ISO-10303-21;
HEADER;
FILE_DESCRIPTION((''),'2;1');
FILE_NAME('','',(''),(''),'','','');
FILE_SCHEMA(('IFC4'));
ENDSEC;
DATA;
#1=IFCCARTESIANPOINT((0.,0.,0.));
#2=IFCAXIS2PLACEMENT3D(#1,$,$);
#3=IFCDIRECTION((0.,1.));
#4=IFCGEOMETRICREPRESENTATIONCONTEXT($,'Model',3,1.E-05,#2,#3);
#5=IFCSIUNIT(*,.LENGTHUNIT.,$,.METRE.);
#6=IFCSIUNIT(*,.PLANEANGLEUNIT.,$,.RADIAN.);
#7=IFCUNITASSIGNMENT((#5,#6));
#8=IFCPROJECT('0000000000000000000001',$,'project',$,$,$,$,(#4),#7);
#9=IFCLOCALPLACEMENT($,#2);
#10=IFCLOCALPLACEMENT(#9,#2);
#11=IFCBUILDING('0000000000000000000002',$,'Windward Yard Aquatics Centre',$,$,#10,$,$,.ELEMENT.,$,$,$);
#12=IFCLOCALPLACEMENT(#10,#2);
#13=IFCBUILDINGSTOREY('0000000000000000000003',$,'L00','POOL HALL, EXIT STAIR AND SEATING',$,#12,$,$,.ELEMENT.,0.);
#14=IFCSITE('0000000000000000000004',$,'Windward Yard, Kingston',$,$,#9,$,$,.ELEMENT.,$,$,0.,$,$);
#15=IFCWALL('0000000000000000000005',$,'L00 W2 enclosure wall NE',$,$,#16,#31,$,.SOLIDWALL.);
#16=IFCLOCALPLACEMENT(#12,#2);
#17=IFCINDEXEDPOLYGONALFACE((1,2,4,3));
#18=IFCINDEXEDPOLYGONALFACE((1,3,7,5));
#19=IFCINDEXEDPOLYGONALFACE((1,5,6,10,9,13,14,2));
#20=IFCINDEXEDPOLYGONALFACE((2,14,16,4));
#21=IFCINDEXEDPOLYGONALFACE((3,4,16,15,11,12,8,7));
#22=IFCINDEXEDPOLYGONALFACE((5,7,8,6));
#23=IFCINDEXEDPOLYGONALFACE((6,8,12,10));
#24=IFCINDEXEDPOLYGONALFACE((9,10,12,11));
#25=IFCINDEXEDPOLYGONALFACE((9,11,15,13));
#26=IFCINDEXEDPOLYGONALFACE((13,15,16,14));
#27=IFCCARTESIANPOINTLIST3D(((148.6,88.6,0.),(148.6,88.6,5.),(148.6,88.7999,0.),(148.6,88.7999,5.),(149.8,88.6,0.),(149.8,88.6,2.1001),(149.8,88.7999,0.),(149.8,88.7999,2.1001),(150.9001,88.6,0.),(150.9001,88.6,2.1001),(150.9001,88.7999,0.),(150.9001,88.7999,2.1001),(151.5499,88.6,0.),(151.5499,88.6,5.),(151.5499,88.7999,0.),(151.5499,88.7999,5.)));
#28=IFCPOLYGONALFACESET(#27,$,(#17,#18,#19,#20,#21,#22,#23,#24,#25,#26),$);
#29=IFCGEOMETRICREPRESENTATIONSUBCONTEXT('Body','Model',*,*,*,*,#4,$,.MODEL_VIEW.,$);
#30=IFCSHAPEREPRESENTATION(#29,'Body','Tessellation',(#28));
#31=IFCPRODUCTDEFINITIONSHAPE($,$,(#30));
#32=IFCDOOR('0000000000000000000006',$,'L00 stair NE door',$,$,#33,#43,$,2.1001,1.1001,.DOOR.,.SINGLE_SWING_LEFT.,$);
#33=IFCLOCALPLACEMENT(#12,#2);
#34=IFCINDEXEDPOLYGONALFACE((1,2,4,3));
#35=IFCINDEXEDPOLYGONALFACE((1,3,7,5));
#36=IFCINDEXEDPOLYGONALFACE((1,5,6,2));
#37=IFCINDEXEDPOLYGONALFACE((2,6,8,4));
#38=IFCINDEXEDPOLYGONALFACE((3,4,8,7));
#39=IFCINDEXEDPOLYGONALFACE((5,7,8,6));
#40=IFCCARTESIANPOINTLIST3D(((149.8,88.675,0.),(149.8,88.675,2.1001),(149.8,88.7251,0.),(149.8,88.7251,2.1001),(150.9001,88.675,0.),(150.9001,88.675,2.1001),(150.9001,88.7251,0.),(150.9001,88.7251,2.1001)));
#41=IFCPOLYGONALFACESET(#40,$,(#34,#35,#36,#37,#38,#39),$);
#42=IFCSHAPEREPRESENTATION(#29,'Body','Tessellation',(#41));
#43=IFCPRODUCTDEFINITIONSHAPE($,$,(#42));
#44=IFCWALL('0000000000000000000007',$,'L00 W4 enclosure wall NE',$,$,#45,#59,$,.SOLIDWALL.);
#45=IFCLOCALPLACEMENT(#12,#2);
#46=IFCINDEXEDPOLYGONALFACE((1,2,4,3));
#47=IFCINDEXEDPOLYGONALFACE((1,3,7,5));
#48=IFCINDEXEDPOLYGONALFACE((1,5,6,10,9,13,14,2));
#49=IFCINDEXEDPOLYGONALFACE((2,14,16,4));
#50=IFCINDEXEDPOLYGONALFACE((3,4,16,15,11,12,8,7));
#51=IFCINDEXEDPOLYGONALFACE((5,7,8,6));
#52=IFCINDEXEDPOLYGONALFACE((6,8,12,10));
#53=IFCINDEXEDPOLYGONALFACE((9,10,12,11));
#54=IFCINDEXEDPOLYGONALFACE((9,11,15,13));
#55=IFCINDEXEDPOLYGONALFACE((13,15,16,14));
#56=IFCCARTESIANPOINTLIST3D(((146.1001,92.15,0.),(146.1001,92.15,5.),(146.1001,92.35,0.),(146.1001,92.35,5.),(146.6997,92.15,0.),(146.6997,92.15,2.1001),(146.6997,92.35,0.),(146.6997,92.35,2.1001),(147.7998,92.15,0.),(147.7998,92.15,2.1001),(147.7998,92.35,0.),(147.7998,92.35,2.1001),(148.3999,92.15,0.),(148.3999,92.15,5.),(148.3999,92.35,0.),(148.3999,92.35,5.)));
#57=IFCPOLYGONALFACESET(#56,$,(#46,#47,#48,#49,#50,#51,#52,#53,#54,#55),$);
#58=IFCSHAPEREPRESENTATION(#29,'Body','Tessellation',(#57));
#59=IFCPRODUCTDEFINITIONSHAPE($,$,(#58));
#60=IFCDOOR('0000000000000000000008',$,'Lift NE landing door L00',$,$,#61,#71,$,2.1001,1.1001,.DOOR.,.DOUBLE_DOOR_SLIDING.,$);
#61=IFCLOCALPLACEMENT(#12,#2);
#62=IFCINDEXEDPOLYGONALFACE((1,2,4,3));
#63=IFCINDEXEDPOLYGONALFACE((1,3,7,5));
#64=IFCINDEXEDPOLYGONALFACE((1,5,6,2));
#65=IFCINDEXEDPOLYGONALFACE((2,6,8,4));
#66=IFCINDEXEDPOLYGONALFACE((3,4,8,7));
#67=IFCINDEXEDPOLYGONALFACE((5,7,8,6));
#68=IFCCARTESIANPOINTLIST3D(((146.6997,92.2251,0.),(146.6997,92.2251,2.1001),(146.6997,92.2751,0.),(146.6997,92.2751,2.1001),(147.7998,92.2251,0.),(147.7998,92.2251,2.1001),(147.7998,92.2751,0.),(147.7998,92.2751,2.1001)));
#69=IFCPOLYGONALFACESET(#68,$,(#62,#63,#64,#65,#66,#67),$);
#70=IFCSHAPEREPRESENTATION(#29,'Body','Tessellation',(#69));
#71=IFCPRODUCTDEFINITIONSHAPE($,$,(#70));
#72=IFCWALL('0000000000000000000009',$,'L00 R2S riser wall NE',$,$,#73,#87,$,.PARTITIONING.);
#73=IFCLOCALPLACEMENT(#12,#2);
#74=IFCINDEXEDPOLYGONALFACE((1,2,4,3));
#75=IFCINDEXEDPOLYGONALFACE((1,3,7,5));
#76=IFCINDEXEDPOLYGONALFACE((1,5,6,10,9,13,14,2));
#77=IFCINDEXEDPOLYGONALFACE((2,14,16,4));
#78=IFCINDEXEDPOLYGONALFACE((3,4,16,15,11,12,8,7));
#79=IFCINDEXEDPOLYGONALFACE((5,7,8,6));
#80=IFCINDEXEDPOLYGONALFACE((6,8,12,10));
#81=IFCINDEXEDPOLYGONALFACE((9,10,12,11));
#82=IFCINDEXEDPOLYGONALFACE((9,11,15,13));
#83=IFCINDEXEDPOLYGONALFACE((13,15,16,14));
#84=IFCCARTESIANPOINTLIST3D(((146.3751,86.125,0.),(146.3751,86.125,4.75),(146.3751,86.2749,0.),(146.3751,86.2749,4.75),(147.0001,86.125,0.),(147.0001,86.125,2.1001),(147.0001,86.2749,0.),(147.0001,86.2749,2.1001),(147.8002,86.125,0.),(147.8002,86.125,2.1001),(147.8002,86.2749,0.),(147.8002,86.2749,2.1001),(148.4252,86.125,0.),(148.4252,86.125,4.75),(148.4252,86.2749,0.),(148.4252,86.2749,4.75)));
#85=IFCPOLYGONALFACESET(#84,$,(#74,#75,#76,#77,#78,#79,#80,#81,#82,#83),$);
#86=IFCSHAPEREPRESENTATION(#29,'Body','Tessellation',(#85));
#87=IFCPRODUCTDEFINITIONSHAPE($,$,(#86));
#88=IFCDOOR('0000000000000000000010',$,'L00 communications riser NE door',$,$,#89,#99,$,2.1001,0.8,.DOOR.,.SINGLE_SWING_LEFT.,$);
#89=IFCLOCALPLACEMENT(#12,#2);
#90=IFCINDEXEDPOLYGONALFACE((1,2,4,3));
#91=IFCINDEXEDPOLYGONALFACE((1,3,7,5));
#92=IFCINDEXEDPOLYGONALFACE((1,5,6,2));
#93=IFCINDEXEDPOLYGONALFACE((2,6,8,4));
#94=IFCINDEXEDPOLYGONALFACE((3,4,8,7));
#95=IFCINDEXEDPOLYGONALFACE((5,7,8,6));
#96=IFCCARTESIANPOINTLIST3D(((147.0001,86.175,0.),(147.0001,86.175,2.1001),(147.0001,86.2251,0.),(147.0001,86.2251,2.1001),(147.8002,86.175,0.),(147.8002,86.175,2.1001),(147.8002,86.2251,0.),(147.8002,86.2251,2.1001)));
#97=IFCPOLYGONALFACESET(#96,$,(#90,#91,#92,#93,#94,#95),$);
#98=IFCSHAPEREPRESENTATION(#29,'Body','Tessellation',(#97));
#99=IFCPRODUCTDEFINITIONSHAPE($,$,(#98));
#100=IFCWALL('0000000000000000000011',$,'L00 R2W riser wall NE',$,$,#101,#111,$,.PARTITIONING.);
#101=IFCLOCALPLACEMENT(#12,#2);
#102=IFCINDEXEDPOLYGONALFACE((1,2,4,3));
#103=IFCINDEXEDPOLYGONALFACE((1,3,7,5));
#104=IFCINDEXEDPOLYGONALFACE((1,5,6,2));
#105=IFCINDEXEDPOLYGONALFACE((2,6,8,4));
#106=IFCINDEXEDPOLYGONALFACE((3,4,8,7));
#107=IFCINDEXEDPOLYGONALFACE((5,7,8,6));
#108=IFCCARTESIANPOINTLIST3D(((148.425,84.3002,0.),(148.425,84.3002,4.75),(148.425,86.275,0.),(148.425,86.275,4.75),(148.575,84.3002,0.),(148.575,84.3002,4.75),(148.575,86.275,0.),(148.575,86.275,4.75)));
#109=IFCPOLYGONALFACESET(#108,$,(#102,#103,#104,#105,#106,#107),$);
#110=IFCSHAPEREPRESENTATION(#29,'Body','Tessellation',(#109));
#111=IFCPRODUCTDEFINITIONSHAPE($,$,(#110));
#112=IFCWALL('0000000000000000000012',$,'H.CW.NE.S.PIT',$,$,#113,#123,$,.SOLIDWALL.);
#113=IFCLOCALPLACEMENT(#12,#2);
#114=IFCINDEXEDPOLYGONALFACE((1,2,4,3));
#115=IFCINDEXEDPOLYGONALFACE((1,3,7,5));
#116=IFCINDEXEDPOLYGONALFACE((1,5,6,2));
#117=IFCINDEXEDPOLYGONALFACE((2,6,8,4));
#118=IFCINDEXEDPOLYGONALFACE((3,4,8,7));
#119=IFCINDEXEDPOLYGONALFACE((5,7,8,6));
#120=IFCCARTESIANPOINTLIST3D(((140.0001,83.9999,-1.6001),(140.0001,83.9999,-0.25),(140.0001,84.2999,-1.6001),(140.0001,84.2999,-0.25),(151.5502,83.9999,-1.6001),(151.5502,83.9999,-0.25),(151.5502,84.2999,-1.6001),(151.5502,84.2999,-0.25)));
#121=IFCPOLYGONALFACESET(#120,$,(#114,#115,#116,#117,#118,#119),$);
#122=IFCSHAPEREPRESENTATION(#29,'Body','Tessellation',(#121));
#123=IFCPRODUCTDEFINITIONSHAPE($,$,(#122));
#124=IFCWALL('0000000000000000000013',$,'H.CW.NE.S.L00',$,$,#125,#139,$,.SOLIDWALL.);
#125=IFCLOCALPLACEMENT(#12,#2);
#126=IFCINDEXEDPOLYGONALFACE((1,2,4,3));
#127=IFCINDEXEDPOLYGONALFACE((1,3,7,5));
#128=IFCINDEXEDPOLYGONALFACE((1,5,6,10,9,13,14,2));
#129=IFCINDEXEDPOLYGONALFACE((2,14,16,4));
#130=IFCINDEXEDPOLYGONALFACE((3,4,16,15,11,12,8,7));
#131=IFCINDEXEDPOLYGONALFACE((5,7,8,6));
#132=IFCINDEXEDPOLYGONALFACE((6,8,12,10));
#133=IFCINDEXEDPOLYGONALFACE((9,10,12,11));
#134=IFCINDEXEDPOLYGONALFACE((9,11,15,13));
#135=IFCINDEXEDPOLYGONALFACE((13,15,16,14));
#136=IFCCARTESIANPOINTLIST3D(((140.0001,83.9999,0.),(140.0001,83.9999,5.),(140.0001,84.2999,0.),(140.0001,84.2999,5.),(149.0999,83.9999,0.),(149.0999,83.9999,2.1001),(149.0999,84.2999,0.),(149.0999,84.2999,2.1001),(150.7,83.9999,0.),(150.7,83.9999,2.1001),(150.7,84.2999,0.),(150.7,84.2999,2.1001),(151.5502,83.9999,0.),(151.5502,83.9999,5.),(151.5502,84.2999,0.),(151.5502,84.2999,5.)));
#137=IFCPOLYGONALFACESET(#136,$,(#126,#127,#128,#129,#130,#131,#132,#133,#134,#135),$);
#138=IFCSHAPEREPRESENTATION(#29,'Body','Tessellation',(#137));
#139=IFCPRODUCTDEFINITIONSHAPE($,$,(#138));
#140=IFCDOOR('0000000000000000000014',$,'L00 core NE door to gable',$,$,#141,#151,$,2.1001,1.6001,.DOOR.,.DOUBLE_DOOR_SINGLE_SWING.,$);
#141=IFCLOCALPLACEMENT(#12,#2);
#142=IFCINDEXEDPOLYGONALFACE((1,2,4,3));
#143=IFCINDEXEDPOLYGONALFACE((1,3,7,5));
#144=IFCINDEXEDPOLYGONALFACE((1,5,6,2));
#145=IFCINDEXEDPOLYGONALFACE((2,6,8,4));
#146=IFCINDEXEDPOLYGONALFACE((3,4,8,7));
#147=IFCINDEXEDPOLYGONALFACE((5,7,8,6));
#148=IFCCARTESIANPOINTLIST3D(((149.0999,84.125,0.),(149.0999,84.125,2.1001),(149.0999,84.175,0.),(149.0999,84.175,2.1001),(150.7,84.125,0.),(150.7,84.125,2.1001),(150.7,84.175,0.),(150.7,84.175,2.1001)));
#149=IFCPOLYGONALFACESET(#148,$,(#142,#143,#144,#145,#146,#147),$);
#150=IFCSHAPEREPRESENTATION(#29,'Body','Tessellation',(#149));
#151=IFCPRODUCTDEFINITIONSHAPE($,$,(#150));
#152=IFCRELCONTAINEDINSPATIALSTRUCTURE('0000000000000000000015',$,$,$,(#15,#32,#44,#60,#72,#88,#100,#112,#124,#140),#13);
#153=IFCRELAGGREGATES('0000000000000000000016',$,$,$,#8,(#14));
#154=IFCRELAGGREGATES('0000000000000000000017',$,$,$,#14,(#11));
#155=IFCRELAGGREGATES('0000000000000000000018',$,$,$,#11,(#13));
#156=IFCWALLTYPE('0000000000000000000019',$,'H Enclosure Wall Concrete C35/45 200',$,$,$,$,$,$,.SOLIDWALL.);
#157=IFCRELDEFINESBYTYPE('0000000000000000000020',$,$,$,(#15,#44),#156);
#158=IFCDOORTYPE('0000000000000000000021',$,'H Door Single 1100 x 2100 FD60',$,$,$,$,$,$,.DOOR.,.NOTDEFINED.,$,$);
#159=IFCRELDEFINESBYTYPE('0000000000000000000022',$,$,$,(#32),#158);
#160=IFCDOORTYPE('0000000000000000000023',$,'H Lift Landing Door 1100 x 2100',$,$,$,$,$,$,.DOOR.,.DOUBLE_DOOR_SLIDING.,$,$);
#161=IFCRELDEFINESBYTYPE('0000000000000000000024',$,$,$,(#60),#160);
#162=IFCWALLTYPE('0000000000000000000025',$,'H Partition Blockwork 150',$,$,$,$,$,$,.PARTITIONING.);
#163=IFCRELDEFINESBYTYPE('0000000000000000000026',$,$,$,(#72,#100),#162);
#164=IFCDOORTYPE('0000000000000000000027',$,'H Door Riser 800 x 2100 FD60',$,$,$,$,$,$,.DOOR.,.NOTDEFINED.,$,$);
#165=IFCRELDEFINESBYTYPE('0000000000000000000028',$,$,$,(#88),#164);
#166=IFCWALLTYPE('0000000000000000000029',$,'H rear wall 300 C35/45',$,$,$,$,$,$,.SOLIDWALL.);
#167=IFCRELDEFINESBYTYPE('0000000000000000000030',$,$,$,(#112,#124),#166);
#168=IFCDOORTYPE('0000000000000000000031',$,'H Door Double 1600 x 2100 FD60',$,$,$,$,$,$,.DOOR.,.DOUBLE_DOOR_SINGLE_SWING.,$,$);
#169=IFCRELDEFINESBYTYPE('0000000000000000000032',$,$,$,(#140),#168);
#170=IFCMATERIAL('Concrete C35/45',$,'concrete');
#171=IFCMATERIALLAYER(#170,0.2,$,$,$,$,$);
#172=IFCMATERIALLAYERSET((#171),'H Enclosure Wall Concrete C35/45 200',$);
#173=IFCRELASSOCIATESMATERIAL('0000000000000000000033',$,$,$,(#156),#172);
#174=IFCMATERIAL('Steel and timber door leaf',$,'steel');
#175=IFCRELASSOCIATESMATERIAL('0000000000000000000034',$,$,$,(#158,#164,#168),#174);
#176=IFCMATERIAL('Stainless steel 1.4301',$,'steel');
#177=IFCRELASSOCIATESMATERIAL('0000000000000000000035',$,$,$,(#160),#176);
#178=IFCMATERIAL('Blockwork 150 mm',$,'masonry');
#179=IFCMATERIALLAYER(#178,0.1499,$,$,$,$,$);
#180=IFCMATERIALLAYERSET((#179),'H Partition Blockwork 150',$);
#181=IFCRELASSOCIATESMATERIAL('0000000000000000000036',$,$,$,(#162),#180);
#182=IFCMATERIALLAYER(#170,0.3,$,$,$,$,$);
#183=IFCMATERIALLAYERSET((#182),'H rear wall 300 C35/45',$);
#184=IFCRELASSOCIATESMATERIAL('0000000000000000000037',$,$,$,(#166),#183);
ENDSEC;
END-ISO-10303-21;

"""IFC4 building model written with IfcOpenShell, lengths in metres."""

from ifc_helpers import new_model, si_unit, direction, frame, frame_2d, origin, place, context, subcontext, project, spatial, rectangle, extrude, material, layer, layer_set, type_object, element, fill, save


model = new_model("IFC4")

# Units and contexts
model_context = context("Model", 3, precision=1e-05, world=origin(), true_north=direction((0.0, 1.0)))
body_context = subcontext(model_context, "Body", "Model", "MODEL_VIEW")
ifc_project = project(units=[si_unit("LENGTHUNIT", "METRE"), si_unit("PLANEANGLEUNIT", "RADIAN")], contexts=[model_context])

# Site, building, storey
site_placement = place(None, origin())
site = spatial("IfcSite", under=ifc_project, at=site_placement, Name="Windward Yard, Kingston", CompositionType="ELEMENT", RefElevation=0.0)
building_placement = place(site_placement, origin())
building = spatial("IfcBuilding", under=site, at=building_placement, Name="Windward Yard Aquatics Centre", CompositionType="ELEMENT")
storey_placement = place(building_placement, origin())
storey = spatial("IfcBuildingStorey", under=building, at=storey_placement, Name="L00", Description="POOL HALL, EXIT STAIR AND SEATING", CompositionType="ELEMENT", Elevation=0.0)

# Shared definitions
ifc_material_1 = material(Name="Concrete C35/45", Category="concrete")

# Walls, openings, doors
ifc_layer_1 = layer(ifc_material_1, 0.2)
ifc_layer_set_1 = layer_set([ifc_layer_1], Name="H Enclosure Wall Concrete C35/45 200")
wall_type_1 = type_object("IfcWallType", Name="H Enclosure Wall Concrete C35/45 200", PredefinedType="SOLIDWALL", material=ifc_layer_set_1)
wall_1_placement = place(storey_placement, frame((151.55, 88.7, 0.0), z_axis=(0.0, 0.0, 1.0), x_axis=(-1.0, 0.0, 0.0)))
wall_1 = element("IfcWall", 1, at=wall_1_placement, inside=storey, type_object=wall_type_1, Name="L00 W2 enclosure wall NE", PredefinedType="SOLIDWALL", context=body_context, shape_type="SweptSolid", body=[
    extrude(rectangle(XDim=2.95, YDim=0.2, at=frame_2d((1.4751, 0.0))), origin(), (0.0, 0.0, 1.0), 5.0),
])
opening_1_placement = place(wall_1_placement, frame((0.6499, 0.0, 0.0)))
opening_1 = element("IfcOpeningElement", 2, at=opening_1_placement, cuts=wall_1, PredefinedType="OPENING", context=body_context, shape_type="SweptSolid", body=[
    extrude(rectangle(XDim=1.1001, YDim=2.1001, at=frame_2d((0.55, 1.05))), frame((0.0, 0.1099, 0.0), z_axis=(0.0, -1.0, 0.0), x_axis=(1.0, 0.0, 0.0)), (0.0, 0.0, 1.0), 0.22),
])
ifc_material_2 = material(Name="Steel and timber door leaf", Category="steel")
door_type_1 = type_object("IfcDoorType", Name="H Door Single 1100 x 2100 FD60", OperationType="NOTDEFINED", PredefinedType="DOOR", material=ifc_material_2)
door_1_placement = place(opening_1_placement, origin())
door_1 = element("IfcDoor", 3, at=door_1_placement, inside=storey, type_object=door_type_1, Name="L00 stair NE door", OperationType="SINGLE_SWING_LEFT", OverallHeight=2.1001, OverallWidth=1.1001, PredefinedType="DOOR", context=body_context, shape_type="SweptSolid", body=[
    extrude(rectangle(XDim=1.1001, YDim=2.1001, at=frame_2d((0.55, 1.05))), frame((0.0, 0.0249, 0.0), z_axis=(0.0, -1.0, 0.0), x_axis=(1.0, 0.0, 0.0)), (0.0, 0.0, 1.0), 0.05),
])
fill(opening_1, door_1)
wall_2_placement = place(storey_placement, frame((148.3999, 92.25, 0.0), z_axis=(0.0, 0.0, 1.0), x_axis=(-1.0, 0.0, 0.0)))
wall_2 = element("IfcWall", 4, at=wall_2_placement, inside=storey, type_object=wall_type_1, Name="L00 W4 enclosure wall NE", PredefinedType="SOLIDWALL", context=body_context, shape_type="SweptSolid", body=[
    extrude(rectangle(XDim=2.2998, YDim=0.2, at=frame_2d((1.1499, 0.0))), origin(), (0.0, 0.0, 1.0), 5.0),
])
opening_2_placement = place(wall_2_placement, frame((0.6001, 0.0, 0.0)))
opening_2 = element("IfcOpeningElement", 5, at=opening_2_placement, cuts=wall_2, PredefinedType="OPENING", context=body_context, shape_type="SweptSolid", body=[
    extrude(rectangle(XDim=1.1001, YDim=2.1001, at=frame_2d((0.55, 1.05))), frame((0.0, 0.1099, 0.0), z_axis=(0.0, -1.0, 0.0), x_axis=(1.0, 0.0, 0.0)), (0.0, 0.0, 1.0), 0.22),
])
ifc_material_3 = material(Name="Stainless steel 1.4301", Category="steel")
door_type_2 = type_object("IfcDoorType", Name="H Lift Landing Door 1100 x 2100", OperationType="DOUBLE_DOOR_SLIDING", PredefinedType="DOOR", material=ifc_material_3)
door_2_placement = place(opening_2_placement, origin())
door_2 = element("IfcDoor", 6, at=door_2_placement, inside=storey, type_object=door_type_2, Name="Lift NE landing door L00", OperationType="DOUBLE_DOOR_SLIDING", OverallHeight=2.1001, OverallWidth=1.1001, PredefinedType="DOOR", context=body_context, shape_type="SweptSolid", body=[
    extrude(rectangle(XDim=1.1001, YDim=2.1001, at=frame_2d((0.55, 1.05))), frame((0.0, 0.0249, 0.0), z_axis=(0.0, -1.0, 0.0), x_axis=(1.0, 0.0, 0.0)), (0.0, 0.0, 1.0), 0.05),
])
fill(opening_2, door_2)
ifc_material_4 = material(Name="Blockwork 150 mm", Category="masonry")
ifc_layer_2 = layer(ifc_material_4, 0.1499)
ifc_layer_set_2 = layer_set([ifc_layer_2], Name="H Partition Blockwork 150")
wall_type_2 = type_object("IfcWallType", Name="H Partition Blockwork 150", PredefinedType="PARTITIONING", material=ifc_layer_set_2)
wall_3_placement = place(storey_placement, frame((148.425, 86.2, 0.0), z_axis=(0.0, 0.0, 1.0), x_axis=(-1.0, 0.0, 0.0)))
wall_3 = element("IfcWall", 7, at=wall_3_placement, inside=storey, type_object=wall_type_2, Name="L00 R2S riser wall NE", PredefinedType="PARTITIONING", context=body_context, shape_type="SweptSolid", body=[
    extrude(rectangle(XDim=2.05, YDim=0.1499, at=frame_2d((1.0249, 0.0))), origin(), (0.0, 0.0, 1.0), 4.75),
])
opening_3_placement = place(wall_3_placement, frame((0.625, 0.0, 0.0)))
opening_3 = element("IfcOpeningElement", 8, at=opening_3_placement, cuts=wall_3, PredefinedType="OPENING", context=body_context, shape_type="SweptSolid", body=[
    extrude(rectangle(XDim=0.8, YDim=2.1001, at=frame_2d((0.3999, 1.05))), frame((0.0, 0.085, 0.0), z_axis=(0.0, -1.0, 0.0), x_axis=(1.0, 0.0, 0.0)), (0.0, 0.0, 1.0), 0.1699),
])
door_type_3 = type_object("IfcDoorType", Name="H Door Riser 800 x 2100 FD60", OperationType="NOTDEFINED", PredefinedType="DOOR", material=ifc_material_2)
door_3_placement = place(opening_3_placement, origin())
door_3 = element("IfcDoor", 9, at=door_3_placement, inside=storey, type_object=door_type_3, Name="L00 communications riser NE door", OperationType="SINGLE_SWING_LEFT", OverallHeight=2.1001, OverallWidth=0.8, PredefinedType="DOOR", context=body_context, shape_type="SweptSolid", body=[
    extrude(rectangle(XDim=0.8, YDim=2.1001, at=frame_2d((0.3999, 1.05))), frame((0.0, 0.0249, 0.0), z_axis=(0.0, -1.0, 0.0), x_axis=(1.0, 0.0, 0.0)), (0.0, 0.0, 1.0), 0.05),
])
fill(opening_3, door_3)

# Walls
wall_4_placement = place(storey_placement, frame((148.5, 86.2749, 0.0), z_axis=(0.0, 0.0, 1.0), x_axis=(0.0, -1.0, 0.0)))
element("IfcWall", 10, at=wall_4_placement, inside=storey, type_object=wall_type_2, Name="L00 R2W riser wall NE", PredefinedType="PARTITIONING", context=body_context, shape_type="SweptSolid", body=[
    extrude(rectangle(XDim=1.9749, YDim=0.1499, at=frame_2d((0.9873, 0.0))), origin(), (0.0, 0.0, 1.0), 4.75),
])
ifc_layer_3 = layer(ifc_material_1, 0.3)
ifc_layer_set_3 = layer_set([ifc_layer_3], Name="H rear wall 300 C35/45")
wall_type_3 = type_object("IfcWallType", Name="H rear wall 300 C35/45", PredefinedType="SOLIDWALL", material=ifc_layer_set_3)
wall_5_placement = place(storey_placement, frame((151.55, 84.1499, -1.6001), z_axis=(0.0, 0.0, 1.0), x_axis=(-1.0, 0.0, 0.0)))
element("IfcWall", 11, at=wall_5_placement, inside=storey, type_object=wall_type_3, Name="H.CW.NE.S.PIT", PredefinedType="SOLIDWALL", context=body_context, shape_type="SweptSolid", body=[
    extrude(rectangle(XDim=11.55, YDim=0.3, at=frame_2d((5.7749, 0.0))), origin(), (0.0, 0.0, 1.0), 1.3501),
])

# Wall, opening, door
wall_6_placement = place(storey_placement, frame((151.55, 84.1499, 0.0), z_axis=(0.0, 0.0, 1.0), x_axis=(-1.0, 0.0, 0.0)))
wall_6 = element("IfcWall", 12, at=wall_6_placement, inside=storey, type_object=wall_type_3, Name="H.CW.NE.S.L00", PredefinedType="SOLIDWALL", context=body_context, shape_type="SweptSolid", body=[
    extrude(rectangle(XDim=11.55, YDim=0.3, at=frame_2d((5.7749, 0.0))), origin(), (0.0, 0.0, 1.0), 5.0),
])
opening_4_placement = place(wall_6_placement, frame((0.8501, 0.0, 0.0)))
opening_4 = element("IfcOpeningElement", 13, at=opening_4_placement, cuts=wall_6, PredefinedType="OPENING", context=body_context, shape_type="SweptSolid", body=[
    extrude(rectangle(XDim=1.6001, YDim=2.1001, at=frame_2d((0.8, 1.05))), frame((0.0, 0.1602, 0.0), z_axis=(0.0, -1.0, 0.0), x_axis=(1.0, 0.0, 0.0)), (0.0, 0.0, 1.0), 0.3201),
])
door_type_4 = type_object("IfcDoorType", Name="H Door Double 1600 x 2100 FD60", OperationType="DOUBLE_DOOR_SINGLE_SWING", PredefinedType="DOOR", material=ifc_material_2)
door_4_placement = place(opening_4_placement, origin())
door_4 = element("IfcDoor", 14, at=door_4_placement, inside=storey, type_object=door_type_4, Name="L00 core NE door to gable", OperationType="DOUBLE_DOOR_SINGLE_SWING", OverallHeight=2.1001, OverallWidth=1.6001, PredefinedType="DOOR", context=body_context, shape_type="SweptSolid", body=[
    extrude(rectangle(XDim=1.6001, YDim=2.1001, at=frame_2d((0.8, 1.05))), frame((0.0, 0.0249, 0.0), z_axis=(0.0, -1.0, 0.0), x_axis=(1.0, 0.0, 0.0)), (0.0, 0.0, 1.0), 0.05),
])
fill(opening_4, door_4)

save(model, "model.ifc")
